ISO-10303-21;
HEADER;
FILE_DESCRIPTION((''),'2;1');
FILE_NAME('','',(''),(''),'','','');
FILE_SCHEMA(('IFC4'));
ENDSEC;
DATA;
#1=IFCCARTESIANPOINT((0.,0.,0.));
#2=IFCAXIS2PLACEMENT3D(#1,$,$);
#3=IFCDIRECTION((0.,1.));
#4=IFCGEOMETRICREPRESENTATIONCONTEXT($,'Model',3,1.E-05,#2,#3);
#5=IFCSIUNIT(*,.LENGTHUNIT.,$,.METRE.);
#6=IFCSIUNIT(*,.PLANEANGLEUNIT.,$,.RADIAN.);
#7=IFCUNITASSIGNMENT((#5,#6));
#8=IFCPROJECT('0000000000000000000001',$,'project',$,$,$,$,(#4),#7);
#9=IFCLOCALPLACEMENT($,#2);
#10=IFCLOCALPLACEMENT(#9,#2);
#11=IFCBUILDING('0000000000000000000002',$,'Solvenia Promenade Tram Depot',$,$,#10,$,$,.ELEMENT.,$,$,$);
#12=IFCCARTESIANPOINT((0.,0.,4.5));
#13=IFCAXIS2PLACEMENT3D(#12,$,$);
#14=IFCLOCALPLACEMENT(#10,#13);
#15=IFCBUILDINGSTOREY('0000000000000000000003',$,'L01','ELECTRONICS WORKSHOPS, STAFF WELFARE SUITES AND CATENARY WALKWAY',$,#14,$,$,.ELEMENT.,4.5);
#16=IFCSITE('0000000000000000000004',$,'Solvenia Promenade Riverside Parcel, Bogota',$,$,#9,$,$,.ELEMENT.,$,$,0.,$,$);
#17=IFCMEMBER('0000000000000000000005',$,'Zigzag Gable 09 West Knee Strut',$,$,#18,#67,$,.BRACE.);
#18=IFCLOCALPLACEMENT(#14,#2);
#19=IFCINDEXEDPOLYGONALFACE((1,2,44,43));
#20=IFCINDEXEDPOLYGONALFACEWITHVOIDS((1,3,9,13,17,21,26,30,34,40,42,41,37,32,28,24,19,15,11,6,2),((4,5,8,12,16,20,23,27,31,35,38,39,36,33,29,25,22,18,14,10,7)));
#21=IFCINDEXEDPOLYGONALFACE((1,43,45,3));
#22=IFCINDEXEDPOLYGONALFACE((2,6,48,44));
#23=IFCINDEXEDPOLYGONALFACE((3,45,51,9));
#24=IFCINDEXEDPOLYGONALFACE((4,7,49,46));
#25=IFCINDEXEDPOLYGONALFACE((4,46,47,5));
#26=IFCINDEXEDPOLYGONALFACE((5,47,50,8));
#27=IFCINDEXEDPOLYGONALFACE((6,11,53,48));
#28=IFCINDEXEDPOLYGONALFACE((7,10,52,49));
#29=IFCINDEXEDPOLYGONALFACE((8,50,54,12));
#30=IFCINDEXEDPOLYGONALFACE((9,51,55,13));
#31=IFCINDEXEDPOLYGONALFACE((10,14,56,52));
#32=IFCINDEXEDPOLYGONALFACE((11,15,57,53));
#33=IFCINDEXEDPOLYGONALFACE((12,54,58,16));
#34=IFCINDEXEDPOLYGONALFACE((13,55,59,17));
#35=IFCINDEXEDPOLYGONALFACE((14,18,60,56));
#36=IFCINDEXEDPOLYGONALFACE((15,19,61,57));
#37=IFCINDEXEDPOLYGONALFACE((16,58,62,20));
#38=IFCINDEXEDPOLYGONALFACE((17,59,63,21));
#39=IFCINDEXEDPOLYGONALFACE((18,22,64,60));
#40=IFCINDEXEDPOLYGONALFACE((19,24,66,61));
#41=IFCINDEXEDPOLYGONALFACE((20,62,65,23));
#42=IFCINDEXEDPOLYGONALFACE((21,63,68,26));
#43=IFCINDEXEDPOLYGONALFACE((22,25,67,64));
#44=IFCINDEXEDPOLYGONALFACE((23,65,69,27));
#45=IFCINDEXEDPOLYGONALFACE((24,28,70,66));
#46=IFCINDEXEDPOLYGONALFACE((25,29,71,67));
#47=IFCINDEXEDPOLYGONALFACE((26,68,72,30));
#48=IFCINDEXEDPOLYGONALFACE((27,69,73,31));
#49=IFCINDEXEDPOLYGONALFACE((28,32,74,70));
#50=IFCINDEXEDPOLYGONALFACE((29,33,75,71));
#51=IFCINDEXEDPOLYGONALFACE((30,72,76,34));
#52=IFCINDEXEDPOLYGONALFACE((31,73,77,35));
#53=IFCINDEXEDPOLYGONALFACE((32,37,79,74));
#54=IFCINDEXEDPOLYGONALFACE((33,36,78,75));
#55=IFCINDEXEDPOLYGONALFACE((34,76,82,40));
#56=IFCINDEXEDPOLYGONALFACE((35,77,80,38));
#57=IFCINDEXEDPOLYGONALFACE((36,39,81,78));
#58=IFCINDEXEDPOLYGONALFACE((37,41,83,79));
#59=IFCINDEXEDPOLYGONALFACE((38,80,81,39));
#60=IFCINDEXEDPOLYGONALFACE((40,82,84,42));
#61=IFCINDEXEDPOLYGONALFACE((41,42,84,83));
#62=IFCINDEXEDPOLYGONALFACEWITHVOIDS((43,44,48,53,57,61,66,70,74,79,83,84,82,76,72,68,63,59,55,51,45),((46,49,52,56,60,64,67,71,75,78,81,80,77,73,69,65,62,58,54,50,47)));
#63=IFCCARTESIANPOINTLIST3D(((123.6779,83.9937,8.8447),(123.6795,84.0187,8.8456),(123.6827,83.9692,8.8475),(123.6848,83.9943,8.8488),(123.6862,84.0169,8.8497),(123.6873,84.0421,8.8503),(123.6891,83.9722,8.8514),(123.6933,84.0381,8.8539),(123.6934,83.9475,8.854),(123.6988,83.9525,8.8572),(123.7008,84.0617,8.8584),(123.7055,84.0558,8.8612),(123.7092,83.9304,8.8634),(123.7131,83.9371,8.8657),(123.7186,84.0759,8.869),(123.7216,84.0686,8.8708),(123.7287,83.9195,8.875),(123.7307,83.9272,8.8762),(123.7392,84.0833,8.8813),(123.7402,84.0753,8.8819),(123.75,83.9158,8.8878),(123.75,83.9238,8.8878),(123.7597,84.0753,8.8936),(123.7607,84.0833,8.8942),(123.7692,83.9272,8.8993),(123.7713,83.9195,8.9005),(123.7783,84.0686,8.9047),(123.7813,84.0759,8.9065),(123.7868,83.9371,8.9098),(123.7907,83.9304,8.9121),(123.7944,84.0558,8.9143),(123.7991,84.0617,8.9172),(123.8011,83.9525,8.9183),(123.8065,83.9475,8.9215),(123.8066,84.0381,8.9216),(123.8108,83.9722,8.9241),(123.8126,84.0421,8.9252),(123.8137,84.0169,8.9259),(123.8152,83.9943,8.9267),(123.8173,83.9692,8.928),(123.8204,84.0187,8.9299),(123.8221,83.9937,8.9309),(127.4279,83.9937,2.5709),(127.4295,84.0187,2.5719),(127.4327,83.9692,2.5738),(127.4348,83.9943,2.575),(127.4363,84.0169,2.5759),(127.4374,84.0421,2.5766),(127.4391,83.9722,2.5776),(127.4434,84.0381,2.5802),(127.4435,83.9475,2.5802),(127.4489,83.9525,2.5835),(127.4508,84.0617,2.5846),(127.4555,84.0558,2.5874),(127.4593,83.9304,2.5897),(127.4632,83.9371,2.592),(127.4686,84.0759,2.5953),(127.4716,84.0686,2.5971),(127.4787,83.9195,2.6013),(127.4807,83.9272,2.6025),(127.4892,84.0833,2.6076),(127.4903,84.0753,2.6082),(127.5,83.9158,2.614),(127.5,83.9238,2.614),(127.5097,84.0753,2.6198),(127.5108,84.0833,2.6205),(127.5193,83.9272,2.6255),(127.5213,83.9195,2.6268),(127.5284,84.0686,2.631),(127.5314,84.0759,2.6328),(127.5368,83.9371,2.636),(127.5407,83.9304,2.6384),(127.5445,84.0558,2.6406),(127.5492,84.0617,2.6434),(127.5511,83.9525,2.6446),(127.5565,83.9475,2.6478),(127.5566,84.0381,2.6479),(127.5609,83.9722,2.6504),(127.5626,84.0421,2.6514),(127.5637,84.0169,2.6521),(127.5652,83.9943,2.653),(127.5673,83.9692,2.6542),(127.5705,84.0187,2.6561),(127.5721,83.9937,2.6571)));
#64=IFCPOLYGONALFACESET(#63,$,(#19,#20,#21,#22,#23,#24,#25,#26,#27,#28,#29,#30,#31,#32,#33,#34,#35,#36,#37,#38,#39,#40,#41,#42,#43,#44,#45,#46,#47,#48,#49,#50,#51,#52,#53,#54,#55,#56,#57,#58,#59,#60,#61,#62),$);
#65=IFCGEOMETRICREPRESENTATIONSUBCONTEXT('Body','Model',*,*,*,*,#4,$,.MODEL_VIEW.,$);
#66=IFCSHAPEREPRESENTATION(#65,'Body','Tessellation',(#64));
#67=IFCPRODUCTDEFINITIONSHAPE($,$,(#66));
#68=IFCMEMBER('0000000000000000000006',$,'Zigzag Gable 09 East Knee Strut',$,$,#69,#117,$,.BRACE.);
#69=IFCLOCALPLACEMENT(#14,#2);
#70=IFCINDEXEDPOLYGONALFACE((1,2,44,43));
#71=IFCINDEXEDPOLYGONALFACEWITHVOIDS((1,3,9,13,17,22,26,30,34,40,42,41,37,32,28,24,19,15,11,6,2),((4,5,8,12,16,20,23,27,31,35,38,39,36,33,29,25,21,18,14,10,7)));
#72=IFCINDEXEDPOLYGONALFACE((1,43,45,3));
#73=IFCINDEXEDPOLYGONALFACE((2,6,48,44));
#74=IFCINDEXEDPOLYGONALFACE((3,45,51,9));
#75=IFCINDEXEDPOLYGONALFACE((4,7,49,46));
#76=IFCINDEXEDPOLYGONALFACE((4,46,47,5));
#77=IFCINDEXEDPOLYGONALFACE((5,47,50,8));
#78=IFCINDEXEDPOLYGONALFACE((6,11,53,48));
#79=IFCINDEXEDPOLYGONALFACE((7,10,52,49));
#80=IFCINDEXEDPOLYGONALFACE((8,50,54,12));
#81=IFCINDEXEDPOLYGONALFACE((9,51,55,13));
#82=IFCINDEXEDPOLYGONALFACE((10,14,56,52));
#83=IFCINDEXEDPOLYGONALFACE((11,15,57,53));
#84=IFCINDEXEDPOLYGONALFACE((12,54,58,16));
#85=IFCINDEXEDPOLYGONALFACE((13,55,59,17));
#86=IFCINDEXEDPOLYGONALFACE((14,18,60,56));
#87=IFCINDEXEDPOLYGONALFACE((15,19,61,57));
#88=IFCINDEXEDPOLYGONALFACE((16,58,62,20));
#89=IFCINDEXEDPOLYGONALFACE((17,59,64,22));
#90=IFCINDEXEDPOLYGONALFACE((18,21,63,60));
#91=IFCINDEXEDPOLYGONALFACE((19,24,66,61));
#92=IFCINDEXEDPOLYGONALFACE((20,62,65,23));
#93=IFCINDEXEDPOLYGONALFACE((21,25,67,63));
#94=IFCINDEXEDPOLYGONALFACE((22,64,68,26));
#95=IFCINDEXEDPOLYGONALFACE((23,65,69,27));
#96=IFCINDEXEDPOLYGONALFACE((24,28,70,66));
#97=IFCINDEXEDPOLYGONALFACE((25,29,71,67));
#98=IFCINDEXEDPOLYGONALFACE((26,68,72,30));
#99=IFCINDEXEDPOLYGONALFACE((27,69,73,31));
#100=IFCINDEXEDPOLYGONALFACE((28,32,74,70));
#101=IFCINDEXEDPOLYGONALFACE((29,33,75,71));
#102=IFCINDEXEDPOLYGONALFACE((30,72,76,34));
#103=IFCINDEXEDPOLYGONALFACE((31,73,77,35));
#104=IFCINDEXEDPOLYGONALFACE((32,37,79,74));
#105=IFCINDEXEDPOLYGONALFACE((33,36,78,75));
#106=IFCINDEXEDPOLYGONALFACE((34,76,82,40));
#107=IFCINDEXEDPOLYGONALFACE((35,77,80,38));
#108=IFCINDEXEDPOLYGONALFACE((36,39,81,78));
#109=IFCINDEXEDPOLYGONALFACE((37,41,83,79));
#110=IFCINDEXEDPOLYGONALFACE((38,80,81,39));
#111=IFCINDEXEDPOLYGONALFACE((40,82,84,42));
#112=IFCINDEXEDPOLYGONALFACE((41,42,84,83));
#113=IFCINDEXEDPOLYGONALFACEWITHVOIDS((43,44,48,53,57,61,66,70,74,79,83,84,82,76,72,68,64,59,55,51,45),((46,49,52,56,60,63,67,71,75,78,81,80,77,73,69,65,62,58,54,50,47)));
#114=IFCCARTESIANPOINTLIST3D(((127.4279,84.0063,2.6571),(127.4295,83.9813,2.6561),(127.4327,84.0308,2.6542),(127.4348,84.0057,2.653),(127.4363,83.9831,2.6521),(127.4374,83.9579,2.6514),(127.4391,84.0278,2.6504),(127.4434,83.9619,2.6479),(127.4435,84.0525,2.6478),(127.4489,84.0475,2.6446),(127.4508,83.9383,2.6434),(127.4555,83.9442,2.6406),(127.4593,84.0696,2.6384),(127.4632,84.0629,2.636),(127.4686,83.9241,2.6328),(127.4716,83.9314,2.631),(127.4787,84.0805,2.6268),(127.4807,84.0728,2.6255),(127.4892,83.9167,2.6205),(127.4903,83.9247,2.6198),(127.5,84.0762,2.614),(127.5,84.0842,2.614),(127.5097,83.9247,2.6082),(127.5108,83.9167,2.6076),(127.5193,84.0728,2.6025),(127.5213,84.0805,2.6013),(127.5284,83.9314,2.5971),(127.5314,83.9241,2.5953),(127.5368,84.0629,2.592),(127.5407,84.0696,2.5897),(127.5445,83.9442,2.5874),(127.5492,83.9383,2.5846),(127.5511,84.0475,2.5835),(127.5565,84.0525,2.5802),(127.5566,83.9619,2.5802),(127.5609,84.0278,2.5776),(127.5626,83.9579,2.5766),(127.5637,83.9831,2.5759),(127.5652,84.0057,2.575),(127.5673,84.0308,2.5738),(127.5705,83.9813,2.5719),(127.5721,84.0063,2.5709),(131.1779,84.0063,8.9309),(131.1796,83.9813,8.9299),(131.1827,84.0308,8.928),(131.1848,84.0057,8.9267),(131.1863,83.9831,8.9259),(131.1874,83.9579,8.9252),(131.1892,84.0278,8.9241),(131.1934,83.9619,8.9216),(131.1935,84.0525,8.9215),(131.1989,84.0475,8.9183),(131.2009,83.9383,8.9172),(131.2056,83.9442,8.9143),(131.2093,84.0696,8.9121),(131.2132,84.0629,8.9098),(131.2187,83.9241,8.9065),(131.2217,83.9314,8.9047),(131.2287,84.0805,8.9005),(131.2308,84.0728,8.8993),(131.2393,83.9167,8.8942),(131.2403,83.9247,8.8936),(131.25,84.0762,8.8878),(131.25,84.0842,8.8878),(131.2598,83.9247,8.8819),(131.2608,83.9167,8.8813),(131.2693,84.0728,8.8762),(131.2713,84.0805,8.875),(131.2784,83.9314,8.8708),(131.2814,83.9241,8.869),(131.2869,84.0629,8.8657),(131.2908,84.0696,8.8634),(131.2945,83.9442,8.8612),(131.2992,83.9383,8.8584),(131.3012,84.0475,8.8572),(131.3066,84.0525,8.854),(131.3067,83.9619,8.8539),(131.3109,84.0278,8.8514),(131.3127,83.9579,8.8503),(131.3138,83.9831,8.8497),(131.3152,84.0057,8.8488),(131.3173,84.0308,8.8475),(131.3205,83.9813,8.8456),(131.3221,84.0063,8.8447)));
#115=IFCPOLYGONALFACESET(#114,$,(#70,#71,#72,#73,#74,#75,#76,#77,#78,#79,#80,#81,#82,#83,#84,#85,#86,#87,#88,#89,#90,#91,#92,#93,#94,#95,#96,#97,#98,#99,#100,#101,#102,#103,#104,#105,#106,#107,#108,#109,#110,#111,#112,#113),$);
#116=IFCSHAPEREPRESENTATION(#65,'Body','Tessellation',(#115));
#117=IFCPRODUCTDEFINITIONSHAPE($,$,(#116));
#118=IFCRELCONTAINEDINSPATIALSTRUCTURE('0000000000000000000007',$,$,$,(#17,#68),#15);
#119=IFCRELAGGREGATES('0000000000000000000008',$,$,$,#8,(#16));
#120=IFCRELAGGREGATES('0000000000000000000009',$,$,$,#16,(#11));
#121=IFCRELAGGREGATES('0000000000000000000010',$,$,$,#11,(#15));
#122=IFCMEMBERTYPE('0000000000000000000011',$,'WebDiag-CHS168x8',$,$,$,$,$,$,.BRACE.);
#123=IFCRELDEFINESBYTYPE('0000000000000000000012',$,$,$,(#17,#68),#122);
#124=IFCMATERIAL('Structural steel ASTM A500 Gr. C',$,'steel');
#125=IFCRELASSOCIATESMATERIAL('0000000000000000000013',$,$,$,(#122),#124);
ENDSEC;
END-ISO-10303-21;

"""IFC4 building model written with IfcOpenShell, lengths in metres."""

from ifc_helpers import new_model, si_unit, direction, frame, origin, origin_2d, place, context, subcontext, project, spatial, hollow_circle, extrude, material, material_profile, profile_set, type_object, element, save


model = new_model("IFC4")

# Units and contexts
model_context = context("Model", 3, precision=1e-05, world=origin(), true_north=direction((0.0, 1.0)))
body_context = subcontext(model_context, "Body", "Model", "MODEL_VIEW")
ifc_project = project(units=[si_unit("LENGTHUNIT", "METRE"), si_unit("PLANEANGLEUNIT", "RADIAN")], contexts=[model_context])

# Site, building, storey
site_placement = place(None, origin())
site = spatial("IfcSite", under=ifc_project, at=site_placement, Name="Solvenia Promenade Riverside Parcel, Bogota", CompositionType="ELEMENT", RefElevation=0.0)
building_placement = place(site_placement, origin())
building = spatial("IfcBuilding", under=site, at=building_placement, Name="Solvenia Promenade Tram Depot", CompositionType="ELEMENT")
storey_placement = place(building_placement, frame((0.0, 0.0, 4.5)))
storey = spatial("IfcBuildingStorey", under=building, at=storey_placement, Name="L01", Description="ELECTRONICS WORKSHOPS, STAFF WELFARE SUITES AND CATENARY WALKWAY", CompositionType="ELEMENT", Elevation=4.5)

# Shared definitions
ifc_material_1 = material(Name="Structural steel ASTM A500 Gr. C", Category="steel")

# Members
ifc_material_profile_1 = material_profile(ifc_material_1, hollow_circle(Radius=0.0842, WallThickness=0.0081, at=origin_2d()), Name="CHS168.3x8", Category="steel")
ifc_profile_set_1 = profile_set([ifc_material_profile_1], Name="Structural steel ASTM A500 Gr. C")
member_type_1 = type_object("IfcMemberType", Name="WebDiag-CHS168x8", PredefinedType="BRACE", material=ifc_profile_set_1)
for number, where, z_axis, x_axis, name in (
    (1, (127.5, 84.0, 2.614), (-0.513066, 0.0, 0.858349), (0.0, -1.0, 0.0), "Zigzag Gable 09 West Knee Strut"),
    (2, (127.5, 84.0, 2.614), (0.513066, 0.0, 0.858349), (0.0, 1.0, 0.0), "Zigzag Gable 09 East Knee Strut"),
):
    element("IfcMember", number, at=place(storey_placement, frame(where, z_axis=z_axis, x_axis=x_axis)), inside=storey, type_object=member_type_1, Name=name, PredefinedType="BRACE", context=body_context, shape_type="SweptSolid", body=[
        extrude(hollow_circle(Radius=0.0842, WallThickness=0.0081, at=origin_2d()), origin(), (0.0, 0.0, 1.0), 7.3091),
    ])

save(model, "model.ifc")
